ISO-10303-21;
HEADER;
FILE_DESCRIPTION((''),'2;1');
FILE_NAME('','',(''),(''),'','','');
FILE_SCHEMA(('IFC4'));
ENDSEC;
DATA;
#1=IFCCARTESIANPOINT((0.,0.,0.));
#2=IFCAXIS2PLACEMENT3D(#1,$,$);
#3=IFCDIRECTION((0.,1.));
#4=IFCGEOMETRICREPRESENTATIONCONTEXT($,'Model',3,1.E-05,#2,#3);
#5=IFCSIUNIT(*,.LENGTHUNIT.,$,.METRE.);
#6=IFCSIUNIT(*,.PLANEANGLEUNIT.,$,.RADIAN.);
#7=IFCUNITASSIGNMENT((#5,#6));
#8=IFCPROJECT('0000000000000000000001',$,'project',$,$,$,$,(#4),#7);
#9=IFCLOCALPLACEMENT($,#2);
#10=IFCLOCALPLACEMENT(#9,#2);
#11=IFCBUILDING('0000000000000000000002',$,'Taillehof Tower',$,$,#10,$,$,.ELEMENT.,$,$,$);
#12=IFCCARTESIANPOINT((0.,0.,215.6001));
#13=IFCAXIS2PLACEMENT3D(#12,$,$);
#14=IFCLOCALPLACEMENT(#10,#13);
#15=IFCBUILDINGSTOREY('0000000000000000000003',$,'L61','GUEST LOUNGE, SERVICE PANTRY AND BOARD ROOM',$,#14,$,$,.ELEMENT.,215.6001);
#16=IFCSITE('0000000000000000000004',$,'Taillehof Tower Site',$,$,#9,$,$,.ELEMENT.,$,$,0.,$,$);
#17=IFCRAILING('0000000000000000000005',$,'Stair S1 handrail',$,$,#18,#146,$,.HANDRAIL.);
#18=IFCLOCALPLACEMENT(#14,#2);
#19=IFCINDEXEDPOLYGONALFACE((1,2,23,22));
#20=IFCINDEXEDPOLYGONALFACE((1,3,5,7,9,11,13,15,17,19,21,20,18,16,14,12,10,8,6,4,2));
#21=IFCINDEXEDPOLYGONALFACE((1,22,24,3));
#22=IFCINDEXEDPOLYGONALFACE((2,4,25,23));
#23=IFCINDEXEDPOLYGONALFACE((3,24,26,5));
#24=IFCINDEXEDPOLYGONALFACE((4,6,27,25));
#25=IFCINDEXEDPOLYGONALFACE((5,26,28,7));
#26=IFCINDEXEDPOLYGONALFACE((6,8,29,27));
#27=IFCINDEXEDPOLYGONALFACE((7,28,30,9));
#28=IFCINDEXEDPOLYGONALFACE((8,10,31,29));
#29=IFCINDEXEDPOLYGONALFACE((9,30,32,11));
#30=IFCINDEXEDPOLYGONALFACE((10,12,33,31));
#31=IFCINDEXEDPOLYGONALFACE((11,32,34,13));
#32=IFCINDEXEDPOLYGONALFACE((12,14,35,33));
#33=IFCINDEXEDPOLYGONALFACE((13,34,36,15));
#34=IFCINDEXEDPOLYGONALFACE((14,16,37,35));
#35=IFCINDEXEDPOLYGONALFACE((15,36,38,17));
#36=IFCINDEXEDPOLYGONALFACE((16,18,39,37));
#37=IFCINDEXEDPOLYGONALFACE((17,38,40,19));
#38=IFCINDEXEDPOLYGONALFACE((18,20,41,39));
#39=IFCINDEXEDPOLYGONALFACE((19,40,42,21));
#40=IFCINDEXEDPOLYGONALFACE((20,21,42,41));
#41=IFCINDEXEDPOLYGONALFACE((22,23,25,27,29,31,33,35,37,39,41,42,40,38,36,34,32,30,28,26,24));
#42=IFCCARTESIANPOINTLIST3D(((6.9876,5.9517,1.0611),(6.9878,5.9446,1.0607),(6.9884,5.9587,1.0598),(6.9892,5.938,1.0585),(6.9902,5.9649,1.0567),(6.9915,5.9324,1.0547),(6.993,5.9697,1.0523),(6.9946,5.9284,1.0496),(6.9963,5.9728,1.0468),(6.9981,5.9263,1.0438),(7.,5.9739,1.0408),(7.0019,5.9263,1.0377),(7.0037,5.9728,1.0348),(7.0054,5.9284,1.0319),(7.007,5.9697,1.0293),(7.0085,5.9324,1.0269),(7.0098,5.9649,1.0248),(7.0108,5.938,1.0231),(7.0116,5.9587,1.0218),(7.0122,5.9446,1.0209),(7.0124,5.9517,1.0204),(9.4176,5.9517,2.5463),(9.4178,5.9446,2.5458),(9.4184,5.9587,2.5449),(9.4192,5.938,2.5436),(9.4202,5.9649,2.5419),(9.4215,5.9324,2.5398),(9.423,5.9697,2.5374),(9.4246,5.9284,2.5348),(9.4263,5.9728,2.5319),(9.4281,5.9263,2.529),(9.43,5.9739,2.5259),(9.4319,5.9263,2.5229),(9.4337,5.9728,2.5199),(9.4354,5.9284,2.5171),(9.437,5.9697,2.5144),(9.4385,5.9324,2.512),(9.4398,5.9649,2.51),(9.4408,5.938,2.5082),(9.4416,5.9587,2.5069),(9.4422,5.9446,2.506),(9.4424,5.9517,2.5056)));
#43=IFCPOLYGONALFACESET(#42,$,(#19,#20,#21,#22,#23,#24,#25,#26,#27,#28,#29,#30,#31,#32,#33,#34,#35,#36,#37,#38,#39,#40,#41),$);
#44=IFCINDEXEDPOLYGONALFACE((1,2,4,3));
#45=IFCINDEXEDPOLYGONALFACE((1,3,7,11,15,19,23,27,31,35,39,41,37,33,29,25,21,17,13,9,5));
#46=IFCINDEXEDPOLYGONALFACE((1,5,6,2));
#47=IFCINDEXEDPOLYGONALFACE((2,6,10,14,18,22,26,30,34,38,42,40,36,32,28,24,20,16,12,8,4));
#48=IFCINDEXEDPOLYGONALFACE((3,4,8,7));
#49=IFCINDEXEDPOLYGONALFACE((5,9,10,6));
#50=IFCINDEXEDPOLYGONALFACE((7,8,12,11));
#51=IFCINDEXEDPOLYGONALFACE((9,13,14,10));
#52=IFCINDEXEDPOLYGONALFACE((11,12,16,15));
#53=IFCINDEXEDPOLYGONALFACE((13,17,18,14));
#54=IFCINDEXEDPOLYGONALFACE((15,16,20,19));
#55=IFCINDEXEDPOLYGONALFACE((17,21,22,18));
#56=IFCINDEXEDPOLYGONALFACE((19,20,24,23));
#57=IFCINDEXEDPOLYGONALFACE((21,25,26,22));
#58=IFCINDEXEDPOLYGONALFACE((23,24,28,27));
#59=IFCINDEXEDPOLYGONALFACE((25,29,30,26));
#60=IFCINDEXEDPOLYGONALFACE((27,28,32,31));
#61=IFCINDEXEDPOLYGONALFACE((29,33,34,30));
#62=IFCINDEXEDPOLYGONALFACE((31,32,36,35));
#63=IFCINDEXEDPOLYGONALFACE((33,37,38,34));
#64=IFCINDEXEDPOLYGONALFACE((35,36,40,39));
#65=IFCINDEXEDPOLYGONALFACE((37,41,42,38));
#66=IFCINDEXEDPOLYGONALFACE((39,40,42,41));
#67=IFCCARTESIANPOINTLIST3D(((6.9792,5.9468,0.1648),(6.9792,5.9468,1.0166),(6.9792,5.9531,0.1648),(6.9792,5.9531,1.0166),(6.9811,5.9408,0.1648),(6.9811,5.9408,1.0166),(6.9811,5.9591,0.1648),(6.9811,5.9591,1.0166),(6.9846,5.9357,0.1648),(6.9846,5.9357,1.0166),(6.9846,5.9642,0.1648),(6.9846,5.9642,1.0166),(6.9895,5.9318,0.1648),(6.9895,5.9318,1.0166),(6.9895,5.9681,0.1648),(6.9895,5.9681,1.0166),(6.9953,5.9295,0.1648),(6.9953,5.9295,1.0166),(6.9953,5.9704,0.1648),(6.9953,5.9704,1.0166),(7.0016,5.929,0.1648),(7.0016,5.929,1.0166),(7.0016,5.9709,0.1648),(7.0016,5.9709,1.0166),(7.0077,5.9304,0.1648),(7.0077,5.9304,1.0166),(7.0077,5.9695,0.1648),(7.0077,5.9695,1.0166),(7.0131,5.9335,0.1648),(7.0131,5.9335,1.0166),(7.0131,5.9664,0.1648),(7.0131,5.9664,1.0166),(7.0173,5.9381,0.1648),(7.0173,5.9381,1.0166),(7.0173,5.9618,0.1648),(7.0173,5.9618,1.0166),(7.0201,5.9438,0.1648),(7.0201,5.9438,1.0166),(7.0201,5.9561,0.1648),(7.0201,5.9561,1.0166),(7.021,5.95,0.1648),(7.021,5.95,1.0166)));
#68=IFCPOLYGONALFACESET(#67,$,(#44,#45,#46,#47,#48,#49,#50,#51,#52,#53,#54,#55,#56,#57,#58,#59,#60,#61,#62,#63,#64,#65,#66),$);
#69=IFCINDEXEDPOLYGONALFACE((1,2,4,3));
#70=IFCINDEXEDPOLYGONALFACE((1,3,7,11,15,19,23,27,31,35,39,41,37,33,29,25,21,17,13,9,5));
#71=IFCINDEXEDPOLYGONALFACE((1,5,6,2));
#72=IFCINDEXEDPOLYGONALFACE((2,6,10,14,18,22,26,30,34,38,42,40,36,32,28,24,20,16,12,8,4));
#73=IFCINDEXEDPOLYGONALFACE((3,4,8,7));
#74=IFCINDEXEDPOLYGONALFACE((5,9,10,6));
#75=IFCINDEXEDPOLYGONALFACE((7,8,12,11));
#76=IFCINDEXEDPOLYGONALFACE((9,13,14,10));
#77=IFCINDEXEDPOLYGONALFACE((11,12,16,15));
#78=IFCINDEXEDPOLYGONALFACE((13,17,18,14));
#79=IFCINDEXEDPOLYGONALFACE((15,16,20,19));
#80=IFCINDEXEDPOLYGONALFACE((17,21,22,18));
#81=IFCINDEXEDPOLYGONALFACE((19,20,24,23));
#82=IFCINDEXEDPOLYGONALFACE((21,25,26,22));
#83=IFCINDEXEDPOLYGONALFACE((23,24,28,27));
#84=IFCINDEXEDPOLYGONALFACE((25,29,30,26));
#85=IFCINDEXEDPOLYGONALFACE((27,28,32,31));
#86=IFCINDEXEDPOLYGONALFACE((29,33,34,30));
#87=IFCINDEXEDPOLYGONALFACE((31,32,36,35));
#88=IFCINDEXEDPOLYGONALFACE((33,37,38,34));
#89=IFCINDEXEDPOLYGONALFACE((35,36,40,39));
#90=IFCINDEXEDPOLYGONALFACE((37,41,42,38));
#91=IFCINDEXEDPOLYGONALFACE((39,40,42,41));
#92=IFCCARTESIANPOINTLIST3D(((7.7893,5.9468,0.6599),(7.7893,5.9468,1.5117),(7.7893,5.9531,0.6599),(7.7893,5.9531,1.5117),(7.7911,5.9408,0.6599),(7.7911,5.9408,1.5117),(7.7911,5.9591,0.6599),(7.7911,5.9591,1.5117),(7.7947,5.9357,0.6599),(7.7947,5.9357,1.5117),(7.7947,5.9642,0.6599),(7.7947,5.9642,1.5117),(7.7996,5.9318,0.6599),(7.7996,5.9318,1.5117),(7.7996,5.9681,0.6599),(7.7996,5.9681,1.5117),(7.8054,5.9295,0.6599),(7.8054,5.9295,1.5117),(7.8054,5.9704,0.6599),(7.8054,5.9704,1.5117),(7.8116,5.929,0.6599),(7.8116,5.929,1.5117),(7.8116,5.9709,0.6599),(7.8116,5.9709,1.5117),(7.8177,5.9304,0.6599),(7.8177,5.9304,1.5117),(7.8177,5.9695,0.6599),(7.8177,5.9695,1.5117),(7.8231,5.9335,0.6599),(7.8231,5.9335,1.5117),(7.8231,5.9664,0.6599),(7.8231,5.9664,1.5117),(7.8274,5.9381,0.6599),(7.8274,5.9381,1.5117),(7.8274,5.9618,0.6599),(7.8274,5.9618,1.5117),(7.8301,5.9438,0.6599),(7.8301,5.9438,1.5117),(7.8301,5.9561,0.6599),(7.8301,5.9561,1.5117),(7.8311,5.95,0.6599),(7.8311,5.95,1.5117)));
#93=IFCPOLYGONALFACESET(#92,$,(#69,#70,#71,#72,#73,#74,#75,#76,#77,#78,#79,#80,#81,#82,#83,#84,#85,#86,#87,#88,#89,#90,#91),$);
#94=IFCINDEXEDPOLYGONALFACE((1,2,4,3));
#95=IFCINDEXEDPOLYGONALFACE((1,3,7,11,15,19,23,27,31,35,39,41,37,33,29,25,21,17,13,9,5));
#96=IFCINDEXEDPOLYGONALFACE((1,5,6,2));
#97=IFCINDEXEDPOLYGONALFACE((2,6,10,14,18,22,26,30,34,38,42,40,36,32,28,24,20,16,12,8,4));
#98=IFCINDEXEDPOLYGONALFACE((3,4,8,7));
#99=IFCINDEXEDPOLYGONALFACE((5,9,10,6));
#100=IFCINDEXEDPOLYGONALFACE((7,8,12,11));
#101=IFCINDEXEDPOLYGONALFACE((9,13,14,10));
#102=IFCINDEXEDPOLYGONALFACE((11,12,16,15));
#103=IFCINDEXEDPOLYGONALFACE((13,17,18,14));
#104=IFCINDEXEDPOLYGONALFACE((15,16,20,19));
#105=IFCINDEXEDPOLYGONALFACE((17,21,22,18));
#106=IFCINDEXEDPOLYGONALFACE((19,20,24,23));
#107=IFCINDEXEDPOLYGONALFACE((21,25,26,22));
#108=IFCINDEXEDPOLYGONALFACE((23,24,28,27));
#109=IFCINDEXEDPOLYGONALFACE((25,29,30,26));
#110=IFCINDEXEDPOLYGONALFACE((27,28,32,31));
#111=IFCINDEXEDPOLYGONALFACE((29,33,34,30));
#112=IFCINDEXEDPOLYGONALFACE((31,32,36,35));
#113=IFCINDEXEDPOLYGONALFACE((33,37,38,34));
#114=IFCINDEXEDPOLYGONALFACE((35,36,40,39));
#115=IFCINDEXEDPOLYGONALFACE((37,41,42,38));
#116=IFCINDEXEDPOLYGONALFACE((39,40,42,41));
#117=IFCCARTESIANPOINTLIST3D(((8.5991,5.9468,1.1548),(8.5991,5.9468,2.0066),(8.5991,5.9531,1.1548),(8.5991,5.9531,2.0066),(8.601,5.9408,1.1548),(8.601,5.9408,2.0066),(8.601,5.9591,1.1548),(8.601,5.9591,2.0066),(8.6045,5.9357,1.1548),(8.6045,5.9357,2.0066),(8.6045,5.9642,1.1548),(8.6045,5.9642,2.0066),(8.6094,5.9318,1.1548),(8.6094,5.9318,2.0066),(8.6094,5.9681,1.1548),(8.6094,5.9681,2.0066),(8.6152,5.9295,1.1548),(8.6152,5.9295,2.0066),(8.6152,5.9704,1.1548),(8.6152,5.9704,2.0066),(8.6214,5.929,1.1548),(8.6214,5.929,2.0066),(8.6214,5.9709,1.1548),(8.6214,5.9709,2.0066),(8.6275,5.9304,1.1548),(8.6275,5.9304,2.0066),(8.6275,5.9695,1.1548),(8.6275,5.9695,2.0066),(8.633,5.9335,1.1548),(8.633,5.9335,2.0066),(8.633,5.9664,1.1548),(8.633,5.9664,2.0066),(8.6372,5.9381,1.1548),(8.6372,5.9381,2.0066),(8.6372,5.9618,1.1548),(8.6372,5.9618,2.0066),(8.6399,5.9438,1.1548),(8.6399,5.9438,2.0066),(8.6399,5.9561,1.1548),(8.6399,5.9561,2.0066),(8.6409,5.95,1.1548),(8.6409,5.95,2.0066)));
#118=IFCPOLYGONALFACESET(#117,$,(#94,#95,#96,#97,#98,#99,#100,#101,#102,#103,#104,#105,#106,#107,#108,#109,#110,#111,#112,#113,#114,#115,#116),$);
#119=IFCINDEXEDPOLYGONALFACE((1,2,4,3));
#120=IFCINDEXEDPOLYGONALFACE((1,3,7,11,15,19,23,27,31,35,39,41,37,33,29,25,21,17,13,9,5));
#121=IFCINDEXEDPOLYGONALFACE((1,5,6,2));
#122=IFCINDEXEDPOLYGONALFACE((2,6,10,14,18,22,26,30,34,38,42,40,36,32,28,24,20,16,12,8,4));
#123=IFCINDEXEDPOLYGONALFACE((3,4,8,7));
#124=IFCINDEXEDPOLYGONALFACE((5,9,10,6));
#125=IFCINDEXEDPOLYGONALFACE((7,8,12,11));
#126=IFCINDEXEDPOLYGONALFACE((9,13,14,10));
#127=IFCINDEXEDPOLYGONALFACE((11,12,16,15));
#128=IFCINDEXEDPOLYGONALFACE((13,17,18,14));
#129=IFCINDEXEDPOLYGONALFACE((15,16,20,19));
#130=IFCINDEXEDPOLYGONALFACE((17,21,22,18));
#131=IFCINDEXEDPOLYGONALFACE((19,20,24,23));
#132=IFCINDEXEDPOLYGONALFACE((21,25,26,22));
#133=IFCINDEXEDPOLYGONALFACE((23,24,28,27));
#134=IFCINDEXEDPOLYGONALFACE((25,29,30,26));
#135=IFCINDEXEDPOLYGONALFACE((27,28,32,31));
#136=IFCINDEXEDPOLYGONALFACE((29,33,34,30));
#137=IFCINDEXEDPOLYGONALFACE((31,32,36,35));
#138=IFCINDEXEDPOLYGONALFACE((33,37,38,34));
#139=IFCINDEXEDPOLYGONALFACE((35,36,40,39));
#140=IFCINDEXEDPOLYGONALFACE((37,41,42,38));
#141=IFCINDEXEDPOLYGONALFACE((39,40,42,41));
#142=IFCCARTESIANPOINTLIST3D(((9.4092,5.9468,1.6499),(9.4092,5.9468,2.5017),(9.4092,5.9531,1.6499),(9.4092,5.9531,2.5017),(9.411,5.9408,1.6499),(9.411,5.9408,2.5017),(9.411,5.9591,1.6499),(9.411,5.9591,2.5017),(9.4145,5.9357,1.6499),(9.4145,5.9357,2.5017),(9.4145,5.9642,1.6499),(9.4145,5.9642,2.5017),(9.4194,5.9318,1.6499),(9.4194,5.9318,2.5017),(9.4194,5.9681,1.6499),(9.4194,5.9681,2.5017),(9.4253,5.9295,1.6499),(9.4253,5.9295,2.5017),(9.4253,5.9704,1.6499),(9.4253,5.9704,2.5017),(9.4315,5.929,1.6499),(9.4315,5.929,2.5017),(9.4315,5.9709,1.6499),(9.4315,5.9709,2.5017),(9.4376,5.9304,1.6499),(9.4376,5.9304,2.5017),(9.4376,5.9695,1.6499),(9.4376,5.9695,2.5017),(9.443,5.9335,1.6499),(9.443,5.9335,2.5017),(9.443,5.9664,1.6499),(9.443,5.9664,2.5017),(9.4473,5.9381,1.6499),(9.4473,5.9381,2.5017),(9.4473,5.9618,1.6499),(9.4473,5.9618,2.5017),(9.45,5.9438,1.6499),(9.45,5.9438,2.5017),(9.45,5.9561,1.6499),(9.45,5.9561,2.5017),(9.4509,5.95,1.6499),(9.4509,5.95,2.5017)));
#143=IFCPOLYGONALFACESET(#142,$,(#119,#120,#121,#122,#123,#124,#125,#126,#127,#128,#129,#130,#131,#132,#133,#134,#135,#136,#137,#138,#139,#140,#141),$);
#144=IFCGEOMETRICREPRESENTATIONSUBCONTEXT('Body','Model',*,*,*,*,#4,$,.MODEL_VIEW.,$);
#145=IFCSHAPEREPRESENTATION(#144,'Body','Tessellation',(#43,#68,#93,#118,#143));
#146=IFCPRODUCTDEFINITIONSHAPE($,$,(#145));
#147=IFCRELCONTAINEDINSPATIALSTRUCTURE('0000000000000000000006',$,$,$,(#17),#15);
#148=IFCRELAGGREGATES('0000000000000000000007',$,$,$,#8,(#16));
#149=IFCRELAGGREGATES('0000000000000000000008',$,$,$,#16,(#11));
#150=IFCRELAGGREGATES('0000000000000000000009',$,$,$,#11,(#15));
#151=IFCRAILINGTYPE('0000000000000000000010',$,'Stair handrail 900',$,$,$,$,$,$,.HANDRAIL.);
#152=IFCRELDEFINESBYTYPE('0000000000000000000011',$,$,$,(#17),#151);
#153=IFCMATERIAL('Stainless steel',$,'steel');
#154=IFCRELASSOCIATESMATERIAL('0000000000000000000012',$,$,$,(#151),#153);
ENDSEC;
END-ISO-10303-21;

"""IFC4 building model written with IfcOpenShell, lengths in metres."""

from ifc_helpers import new_model, si_unit, direction, frame, origin, origin_2d, place, context, subcontext, project, spatial, circle, extrude, material, type_object, element, save


model = new_model("IFC4")

# Units and contexts
model_context = context("Model", 3, precision=1e-05, world=origin(), true_north=direction((0.0, 1.0)))
body_context = subcontext(model_context, "Body", "Model", "MODEL_VIEW")
ifc_project = project(units=[si_unit("LENGTHUNIT", "METRE"), si_unit("PLANEANGLEUNIT", "RADIAN")], contexts=[model_context])

# Site, building, storey
site_placement = place(None, origin())
site = spatial("IfcSite", under=ifc_project, at=site_placement, Name="Taillehof Tower Site", CompositionType="ELEMENT", RefElevation=0.0)
building_placement = place(site_placement, origin())
building = spatial("IfcBuilding", under=site, at=building_placement, Name="Taillehof Tower", CompositionType="ELEMENT")
storey_placement = place(building_placement, frame((0.0, 0.0, 215.6001)))
storey = spatial("IfcBuildingStorey", under=building, at=storey_placement, Name="L61", Description="GUEST LOUNGE, SERVICE PANTRY AND BOARD ROOM", CompositionType="ELEMENT", Elevation=215.6001)

# Railing
ifc_material_1 = material(Name="Stainless steel", Category="steel")
railing_type = type_object("IfcRailingType", Name="Stair handrail 900", PredefinedType="HANDRAIL", material=ifc_material_1)
railing_placement = place(storey_placement, frame((7.0, 5.95, 0.1648)))
element("IfcRailing", 1, at=railing_placement, inside=storey, type_object=railing_type, Name="Stair S1 handrail", PredefinedType="HANDRAIL", context=body_context, shape_type="SweptSolid", body=[
    extrude(circle(Radius=0.0239, at=origin_2d()), frame((0.0, 0.0, 0.876), z_axis=(0.853259, 0.0, 0.521488), x_axis=(0.0, 1.0, 0.0)), (0.0, 0.0, 1.0), 2.8479),
    extrude(circle(Radius=0.021, at=origin_2d()), origin(), (0.0, 0.0, 1.0), 0.8518),
    extrude(circle(Radius=0.021, at=origin_2d()), frame((0.8101, 0.0, 0.4951)), (0.0, 0.0, 1.0), 0.8518),
    extrude(circle(Radius=0.021, at=origin_2d()), frame((1.6199, 0.0, 0.99)), (0.0, 0.0, 1.0), 0.8518),
    extrude(circle(Radius=0.021, at=origin_2d()), frame((2.4299, 0.0, 1.4851)), (0.0, 0.0, 1.0), 0.8518),
])

save(model, "model.ifc")
